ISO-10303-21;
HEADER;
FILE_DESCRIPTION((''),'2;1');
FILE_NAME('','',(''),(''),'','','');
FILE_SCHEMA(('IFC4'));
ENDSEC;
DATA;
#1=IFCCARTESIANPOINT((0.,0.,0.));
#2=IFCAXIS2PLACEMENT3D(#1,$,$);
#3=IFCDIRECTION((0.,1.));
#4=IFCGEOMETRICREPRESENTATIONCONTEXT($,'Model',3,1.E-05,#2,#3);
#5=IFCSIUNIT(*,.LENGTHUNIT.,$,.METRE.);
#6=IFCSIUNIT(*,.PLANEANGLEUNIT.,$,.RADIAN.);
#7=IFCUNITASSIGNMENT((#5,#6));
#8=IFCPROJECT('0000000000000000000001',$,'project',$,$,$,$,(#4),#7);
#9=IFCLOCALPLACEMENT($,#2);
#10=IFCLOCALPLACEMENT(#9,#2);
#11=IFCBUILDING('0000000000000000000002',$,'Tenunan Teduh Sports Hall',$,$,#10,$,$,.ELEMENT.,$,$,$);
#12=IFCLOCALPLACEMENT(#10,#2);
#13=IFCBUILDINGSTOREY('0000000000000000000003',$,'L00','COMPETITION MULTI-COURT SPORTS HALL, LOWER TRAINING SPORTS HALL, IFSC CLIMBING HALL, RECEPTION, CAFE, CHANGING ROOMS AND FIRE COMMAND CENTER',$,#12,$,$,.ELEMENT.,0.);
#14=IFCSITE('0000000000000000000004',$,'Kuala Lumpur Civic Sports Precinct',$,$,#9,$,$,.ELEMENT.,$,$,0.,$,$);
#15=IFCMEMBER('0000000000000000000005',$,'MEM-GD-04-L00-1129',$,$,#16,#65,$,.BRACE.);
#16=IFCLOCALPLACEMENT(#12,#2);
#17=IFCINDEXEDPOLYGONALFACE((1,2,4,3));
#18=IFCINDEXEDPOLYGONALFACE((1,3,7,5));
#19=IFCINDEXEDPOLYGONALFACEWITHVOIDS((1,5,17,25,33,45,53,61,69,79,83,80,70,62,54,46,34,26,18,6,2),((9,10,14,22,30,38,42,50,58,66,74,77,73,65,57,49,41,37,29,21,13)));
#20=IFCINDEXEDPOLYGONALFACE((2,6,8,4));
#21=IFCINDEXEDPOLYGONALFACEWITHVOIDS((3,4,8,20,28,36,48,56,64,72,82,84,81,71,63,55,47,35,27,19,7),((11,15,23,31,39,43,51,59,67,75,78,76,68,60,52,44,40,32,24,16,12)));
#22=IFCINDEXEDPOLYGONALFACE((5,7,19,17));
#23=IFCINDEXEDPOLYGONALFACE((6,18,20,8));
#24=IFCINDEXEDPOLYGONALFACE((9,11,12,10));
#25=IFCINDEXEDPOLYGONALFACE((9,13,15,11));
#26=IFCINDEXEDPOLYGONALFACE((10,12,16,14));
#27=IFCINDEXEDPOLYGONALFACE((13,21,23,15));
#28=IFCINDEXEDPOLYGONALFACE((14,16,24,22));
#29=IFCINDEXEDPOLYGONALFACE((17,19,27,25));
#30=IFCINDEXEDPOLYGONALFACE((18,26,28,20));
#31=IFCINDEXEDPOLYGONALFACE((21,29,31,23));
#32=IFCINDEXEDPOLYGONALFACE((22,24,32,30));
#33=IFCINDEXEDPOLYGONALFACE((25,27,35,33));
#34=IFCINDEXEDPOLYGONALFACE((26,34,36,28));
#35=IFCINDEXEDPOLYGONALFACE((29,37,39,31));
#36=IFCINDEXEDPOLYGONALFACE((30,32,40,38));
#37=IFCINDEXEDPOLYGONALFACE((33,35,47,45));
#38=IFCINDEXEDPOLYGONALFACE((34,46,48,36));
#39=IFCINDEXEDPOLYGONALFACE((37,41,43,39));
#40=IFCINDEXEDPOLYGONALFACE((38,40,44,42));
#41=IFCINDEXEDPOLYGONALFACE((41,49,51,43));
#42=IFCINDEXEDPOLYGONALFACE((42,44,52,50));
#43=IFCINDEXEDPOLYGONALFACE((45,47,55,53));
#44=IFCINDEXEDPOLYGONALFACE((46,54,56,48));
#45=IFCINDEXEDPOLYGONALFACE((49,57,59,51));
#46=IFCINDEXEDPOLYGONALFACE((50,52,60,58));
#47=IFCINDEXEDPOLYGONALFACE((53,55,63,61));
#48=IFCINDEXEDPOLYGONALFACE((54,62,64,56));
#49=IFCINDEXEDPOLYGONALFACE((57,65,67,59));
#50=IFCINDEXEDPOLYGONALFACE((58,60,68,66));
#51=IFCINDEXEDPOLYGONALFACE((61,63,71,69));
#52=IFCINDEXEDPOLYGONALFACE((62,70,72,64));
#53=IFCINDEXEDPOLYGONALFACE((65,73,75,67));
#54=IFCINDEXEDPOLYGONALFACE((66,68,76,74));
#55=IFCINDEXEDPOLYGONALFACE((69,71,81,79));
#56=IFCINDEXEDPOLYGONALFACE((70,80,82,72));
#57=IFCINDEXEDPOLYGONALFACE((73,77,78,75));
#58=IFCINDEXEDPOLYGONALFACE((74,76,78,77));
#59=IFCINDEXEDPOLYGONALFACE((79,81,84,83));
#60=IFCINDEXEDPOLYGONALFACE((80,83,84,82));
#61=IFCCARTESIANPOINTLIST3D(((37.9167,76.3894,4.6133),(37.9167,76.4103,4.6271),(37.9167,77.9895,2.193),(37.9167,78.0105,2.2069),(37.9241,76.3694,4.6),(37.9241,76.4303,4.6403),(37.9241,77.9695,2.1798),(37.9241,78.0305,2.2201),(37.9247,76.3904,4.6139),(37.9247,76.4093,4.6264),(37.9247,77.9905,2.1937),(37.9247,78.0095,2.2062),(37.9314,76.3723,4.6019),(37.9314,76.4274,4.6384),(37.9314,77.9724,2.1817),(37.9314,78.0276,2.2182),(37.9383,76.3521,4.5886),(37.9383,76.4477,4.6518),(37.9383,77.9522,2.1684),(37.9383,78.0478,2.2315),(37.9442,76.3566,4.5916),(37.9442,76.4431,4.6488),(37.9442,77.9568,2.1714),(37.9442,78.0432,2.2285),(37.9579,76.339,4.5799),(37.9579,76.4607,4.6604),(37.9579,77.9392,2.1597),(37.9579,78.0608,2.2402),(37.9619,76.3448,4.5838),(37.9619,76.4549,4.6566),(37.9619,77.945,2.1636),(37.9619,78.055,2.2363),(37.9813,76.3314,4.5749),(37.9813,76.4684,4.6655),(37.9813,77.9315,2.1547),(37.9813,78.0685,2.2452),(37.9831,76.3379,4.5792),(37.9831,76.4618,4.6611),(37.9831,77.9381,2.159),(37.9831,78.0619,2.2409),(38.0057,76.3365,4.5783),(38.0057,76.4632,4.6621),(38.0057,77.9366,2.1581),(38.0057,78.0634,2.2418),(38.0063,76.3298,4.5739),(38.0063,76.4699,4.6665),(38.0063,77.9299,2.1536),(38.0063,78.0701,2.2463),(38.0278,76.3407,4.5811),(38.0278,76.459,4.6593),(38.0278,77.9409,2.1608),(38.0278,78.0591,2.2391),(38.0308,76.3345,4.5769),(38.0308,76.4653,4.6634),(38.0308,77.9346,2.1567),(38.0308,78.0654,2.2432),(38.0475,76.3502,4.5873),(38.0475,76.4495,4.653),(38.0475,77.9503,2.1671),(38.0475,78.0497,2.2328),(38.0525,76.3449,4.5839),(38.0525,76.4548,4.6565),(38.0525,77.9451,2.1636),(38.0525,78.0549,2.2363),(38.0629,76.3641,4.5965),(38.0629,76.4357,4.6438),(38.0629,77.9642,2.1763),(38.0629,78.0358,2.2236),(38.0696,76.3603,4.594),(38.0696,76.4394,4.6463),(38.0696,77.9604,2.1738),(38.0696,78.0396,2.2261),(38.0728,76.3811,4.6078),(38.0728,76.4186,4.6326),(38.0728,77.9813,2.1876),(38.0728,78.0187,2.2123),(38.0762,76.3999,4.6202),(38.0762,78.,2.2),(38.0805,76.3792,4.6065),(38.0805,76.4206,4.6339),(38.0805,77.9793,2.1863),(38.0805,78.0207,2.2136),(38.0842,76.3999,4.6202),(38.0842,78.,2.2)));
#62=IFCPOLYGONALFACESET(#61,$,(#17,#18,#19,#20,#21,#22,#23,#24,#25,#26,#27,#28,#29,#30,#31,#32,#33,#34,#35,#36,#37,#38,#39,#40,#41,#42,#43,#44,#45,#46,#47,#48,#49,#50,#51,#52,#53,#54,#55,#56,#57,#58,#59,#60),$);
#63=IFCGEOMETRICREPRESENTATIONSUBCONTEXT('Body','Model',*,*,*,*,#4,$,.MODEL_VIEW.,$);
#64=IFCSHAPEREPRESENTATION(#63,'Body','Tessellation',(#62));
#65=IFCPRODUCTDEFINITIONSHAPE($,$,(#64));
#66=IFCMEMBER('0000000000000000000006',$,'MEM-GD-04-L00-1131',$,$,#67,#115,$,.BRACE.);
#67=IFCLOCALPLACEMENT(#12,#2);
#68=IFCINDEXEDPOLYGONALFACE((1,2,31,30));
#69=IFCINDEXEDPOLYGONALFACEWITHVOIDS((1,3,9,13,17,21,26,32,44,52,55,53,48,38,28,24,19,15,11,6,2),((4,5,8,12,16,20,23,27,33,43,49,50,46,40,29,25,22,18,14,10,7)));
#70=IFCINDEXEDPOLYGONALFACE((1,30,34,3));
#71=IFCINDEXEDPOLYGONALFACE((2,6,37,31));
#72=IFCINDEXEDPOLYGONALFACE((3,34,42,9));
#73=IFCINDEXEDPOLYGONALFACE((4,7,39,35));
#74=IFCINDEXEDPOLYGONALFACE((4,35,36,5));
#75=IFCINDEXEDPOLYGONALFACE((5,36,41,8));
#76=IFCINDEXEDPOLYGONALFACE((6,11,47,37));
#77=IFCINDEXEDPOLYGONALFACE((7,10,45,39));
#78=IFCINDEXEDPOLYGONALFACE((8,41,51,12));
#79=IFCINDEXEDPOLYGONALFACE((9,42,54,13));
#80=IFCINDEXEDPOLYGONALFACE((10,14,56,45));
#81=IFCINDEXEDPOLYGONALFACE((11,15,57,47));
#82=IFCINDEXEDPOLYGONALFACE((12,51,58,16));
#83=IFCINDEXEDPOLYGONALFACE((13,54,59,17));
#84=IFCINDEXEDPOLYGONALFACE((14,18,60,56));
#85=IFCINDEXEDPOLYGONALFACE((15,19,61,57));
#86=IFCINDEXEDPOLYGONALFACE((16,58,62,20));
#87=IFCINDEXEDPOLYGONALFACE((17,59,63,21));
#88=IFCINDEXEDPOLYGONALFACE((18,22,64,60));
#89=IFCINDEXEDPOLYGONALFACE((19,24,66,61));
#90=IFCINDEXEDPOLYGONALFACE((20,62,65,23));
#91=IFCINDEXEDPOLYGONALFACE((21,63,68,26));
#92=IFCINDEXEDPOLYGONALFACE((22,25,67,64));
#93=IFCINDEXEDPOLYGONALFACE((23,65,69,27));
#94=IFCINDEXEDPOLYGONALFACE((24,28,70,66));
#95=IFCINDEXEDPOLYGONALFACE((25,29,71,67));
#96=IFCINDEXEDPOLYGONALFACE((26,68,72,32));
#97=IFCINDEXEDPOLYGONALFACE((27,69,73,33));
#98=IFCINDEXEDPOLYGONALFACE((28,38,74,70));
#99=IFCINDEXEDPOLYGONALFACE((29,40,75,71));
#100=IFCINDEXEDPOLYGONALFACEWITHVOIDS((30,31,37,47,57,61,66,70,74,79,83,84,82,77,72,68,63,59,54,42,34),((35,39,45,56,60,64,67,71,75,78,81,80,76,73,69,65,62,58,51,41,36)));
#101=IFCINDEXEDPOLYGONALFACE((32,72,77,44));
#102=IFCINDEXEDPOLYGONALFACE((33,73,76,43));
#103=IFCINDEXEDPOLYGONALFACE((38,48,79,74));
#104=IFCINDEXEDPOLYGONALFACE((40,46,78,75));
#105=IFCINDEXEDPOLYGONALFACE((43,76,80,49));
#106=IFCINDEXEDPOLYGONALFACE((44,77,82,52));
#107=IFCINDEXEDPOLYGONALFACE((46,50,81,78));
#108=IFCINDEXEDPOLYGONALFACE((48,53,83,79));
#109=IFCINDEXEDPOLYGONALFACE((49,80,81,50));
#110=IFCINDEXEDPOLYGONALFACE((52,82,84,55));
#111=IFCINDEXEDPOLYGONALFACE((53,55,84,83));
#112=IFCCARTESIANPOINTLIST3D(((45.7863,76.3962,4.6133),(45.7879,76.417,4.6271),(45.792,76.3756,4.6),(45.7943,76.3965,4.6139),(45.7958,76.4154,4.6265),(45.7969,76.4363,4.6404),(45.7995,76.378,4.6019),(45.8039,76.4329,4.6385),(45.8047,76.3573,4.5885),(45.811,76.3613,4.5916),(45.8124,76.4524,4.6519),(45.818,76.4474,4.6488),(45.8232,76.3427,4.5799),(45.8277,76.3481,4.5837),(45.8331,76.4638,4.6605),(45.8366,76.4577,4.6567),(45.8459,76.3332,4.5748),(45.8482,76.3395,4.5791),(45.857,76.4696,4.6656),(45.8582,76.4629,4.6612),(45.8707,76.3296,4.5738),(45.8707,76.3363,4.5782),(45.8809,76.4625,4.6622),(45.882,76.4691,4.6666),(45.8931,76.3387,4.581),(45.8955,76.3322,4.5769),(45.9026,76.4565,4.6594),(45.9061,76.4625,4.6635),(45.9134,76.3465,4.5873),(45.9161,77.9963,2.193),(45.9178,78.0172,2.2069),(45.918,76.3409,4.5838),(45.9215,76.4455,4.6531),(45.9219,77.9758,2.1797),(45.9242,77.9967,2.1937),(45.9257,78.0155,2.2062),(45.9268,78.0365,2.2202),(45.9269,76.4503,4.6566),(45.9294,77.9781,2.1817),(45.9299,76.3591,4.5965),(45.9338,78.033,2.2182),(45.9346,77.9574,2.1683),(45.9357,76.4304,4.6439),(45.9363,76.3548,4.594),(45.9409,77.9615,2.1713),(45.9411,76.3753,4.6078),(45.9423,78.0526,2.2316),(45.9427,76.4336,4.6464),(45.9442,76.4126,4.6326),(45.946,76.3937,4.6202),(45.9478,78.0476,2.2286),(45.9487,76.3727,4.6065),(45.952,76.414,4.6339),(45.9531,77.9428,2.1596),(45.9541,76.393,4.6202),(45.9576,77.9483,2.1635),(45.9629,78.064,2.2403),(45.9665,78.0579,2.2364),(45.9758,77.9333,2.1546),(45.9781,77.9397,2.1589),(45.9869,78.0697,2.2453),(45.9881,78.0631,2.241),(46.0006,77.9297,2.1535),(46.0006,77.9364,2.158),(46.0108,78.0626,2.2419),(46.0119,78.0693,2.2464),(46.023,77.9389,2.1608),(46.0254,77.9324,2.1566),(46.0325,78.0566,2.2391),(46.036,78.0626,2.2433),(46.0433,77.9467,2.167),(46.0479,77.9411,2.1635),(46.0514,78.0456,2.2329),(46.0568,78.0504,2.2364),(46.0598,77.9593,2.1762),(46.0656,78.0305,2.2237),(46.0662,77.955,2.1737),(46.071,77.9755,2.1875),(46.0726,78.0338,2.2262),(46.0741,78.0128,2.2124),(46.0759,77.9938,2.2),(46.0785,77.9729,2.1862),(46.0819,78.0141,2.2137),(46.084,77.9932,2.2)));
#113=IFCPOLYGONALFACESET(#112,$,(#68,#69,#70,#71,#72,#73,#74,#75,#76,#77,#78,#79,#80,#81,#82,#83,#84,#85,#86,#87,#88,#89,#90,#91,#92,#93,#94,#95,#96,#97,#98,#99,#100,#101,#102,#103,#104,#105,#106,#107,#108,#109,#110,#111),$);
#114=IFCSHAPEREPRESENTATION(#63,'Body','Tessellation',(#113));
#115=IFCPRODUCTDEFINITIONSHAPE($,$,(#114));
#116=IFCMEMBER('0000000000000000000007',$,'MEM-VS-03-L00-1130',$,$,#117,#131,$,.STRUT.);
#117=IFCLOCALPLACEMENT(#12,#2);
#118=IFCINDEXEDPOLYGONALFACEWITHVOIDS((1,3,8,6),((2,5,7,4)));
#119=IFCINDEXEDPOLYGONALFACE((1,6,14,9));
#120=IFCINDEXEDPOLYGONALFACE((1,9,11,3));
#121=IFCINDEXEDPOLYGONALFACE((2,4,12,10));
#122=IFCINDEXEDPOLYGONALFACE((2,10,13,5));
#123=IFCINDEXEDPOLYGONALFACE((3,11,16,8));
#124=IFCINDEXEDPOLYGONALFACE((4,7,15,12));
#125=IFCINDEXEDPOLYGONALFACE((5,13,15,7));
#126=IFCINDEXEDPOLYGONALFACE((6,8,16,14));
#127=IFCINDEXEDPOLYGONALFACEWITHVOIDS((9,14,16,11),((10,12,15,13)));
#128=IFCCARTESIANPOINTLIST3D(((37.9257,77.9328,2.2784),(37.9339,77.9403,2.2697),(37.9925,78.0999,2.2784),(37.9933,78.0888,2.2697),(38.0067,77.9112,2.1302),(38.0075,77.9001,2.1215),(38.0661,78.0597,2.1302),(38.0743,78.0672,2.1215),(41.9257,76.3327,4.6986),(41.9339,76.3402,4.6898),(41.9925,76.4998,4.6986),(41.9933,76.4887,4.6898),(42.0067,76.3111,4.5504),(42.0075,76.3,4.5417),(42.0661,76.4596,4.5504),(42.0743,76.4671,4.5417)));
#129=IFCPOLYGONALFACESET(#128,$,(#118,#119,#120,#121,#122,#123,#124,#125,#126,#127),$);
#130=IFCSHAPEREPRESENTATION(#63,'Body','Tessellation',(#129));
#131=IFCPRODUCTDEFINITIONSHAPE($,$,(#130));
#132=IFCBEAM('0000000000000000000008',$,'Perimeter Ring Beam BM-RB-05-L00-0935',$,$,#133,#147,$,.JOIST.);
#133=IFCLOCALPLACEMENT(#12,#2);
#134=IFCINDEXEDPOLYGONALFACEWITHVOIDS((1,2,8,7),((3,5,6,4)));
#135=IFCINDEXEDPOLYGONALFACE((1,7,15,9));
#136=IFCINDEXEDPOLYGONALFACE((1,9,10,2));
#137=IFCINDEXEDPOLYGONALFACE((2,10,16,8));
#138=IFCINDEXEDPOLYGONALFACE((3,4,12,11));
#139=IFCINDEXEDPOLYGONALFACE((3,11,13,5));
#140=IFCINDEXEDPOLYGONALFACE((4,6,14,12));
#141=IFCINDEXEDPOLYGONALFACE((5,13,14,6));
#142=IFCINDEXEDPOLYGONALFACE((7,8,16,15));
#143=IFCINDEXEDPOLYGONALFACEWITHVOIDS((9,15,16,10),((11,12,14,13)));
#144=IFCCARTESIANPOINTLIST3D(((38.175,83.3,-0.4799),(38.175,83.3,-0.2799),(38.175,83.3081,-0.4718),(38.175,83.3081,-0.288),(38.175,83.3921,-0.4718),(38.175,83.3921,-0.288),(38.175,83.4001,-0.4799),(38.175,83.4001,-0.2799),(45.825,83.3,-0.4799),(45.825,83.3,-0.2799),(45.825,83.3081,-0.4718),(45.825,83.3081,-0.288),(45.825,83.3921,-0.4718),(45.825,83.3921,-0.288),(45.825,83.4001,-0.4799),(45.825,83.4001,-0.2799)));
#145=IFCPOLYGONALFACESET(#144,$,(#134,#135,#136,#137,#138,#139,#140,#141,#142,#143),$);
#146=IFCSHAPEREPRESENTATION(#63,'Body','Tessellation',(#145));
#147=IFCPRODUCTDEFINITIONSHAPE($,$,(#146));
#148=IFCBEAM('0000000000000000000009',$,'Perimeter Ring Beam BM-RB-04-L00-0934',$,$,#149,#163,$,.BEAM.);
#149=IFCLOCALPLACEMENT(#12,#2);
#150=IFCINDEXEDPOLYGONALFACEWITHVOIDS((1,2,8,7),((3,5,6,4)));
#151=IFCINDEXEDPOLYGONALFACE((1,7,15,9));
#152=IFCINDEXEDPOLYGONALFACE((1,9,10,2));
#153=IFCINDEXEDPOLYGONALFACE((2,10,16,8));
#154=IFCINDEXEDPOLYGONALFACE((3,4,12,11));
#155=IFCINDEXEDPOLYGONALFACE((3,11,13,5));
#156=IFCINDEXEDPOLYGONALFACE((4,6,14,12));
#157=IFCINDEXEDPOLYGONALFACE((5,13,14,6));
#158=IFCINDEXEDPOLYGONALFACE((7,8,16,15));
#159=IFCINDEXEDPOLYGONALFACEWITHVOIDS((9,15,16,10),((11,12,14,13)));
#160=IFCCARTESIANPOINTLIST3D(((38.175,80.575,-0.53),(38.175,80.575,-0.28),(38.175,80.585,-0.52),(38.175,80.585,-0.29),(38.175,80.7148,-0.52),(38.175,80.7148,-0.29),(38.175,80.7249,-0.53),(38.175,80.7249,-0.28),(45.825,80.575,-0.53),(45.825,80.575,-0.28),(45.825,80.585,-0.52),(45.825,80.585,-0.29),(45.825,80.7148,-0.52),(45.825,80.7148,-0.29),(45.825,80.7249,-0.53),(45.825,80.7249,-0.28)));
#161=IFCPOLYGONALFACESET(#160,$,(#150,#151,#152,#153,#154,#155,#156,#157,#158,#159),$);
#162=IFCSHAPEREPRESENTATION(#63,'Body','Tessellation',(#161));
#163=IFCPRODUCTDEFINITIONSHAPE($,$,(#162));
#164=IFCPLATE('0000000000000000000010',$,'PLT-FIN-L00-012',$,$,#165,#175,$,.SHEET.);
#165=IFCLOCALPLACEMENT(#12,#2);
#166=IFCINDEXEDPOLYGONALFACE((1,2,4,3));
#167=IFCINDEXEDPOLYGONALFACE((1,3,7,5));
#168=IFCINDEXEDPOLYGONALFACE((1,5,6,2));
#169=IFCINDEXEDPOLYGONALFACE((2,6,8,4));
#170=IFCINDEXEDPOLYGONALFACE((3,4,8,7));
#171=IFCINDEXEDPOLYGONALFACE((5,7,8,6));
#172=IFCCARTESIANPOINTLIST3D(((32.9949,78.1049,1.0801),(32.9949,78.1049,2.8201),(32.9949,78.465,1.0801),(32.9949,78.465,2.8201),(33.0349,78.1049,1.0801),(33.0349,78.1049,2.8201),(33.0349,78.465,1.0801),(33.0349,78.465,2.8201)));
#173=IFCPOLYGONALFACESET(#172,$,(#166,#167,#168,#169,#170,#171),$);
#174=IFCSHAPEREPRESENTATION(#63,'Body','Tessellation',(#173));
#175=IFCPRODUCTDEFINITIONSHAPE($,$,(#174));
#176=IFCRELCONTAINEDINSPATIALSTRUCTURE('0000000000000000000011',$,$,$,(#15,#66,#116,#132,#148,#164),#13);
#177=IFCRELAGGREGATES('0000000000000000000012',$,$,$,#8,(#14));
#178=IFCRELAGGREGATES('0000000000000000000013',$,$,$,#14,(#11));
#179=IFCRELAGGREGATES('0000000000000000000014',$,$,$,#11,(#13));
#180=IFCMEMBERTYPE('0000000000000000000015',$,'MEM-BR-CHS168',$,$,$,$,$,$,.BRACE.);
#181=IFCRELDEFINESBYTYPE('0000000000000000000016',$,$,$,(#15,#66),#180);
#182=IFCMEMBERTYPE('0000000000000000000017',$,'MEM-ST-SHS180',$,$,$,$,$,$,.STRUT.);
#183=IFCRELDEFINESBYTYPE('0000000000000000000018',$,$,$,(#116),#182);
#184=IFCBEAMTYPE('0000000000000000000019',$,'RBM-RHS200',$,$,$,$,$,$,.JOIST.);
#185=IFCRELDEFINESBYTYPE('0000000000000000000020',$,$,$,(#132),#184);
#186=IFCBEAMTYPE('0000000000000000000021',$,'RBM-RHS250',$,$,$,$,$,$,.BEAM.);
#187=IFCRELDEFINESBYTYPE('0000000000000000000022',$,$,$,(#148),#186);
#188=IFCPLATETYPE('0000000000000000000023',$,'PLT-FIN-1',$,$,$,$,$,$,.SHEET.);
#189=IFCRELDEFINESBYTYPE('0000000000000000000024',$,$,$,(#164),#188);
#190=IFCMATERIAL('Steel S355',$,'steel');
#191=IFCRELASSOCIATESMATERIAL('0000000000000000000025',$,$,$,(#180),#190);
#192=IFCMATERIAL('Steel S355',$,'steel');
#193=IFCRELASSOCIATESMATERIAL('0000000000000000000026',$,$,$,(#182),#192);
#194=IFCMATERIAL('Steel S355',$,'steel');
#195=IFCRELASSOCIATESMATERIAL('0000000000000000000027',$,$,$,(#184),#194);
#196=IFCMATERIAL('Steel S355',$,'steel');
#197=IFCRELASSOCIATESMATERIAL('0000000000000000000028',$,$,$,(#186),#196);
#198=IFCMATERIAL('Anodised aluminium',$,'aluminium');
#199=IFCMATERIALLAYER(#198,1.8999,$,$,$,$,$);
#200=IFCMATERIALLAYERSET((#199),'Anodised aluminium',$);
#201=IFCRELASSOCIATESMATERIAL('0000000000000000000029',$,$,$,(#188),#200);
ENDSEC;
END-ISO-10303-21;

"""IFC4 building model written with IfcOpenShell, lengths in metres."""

from ifc_helpers import new_model, si_unit, direction, frame, origin, origin_2d, place, context, subcontext, project, spatial, rectangle, hollow_rectangle, hollow_circle, extrude, material, layer, layer_set, material_profile, profile_set, type_object, element, save


model = new_model("IFC4")

# Units and contexts
model_context = context("Model", 3, precision=1e-05, world=origin(), true_north=direction((0.0, 1.0)))
body_context = subcontext(model_context, "Body", "Model", "MODEL_VIEW")
ifc_project = project(units=[si_unit("LENGTHUNIT", "METRE"), si_unit("PLANEANGLEUNIT", "RADIAN")], contexts=[model_context])

# Site, building, storey
site_placement = place(None, origin())
site = spatial("IfcSite", under=ifc_project, at=site_placement, Name="Kuala Lumpur Civic Sports Precinct", CompositionType="ELEMENT", RefElevation=0.0)
building_placement = place(site_placement, origin())
building = spatial("IfcBuilding", under=site, at=building_placement, Name="Tenunan Teduh Sports Hall", CompositionType="ELEMENT")
storey_placement = place(building_placement, origin())
storey = spatial("IfcBuildingStorey", under=building, at=storey_placement, Name="L00", Description="COMPETITION MULTI-COURT SPORTS HALL, LOWER TRAINING SPORTS HALL, IFSC CLIMBING HALL, RECEPTION, CAFE, CHANGING ROOMS AND FIRE COMMAND CENTER", CompositionType="ELEMENT", Elevation=0.0)

# Members
ifc_material_1 = material(Name="Steel S355", Category="steel")
ifc_material_profile_1 = material_profile(ifc_material_1, hollow_circle(Radius=0.0842, WallThickness=0.0081, at=origin_2d()), Name="CHS 168.3x8.0")
ifc_profile_set_1 = profile_set([ifc_material_profile_1], Name="Steel S355")
member_type_1 = type_object("IfcMemberType", Name="MEM-BR-CHS168", PredefinedType="BRACE", material=ifc_profile_set_1)
member_1_placement = place(storey_placement, frame((38.0, 78.0, 2.2), z_axis=(0.0, -0.551511, 0.834167), x_axis=(1.0, 0.0, 0.0)))
element("IfcMember", 1, at=member_1_placement, inside=storey, type_object=member_type_1, Name="MEM-GD-04-L00-1129", PredefinedType="BRACE", context=body_context, shape_type="SweptSolid", body=[
    extrude(hollow_circle(Radius=0.0842, WallThickness=0.0081, at=origin_2d()), origin(), (0.0, 0.0, 1.0), 2.9014),
])
member_2_placement = place(storey_placement, frame((46.0, 78.0, 2.2), z_axis=(-0.044722, -0.55096, 0.833333), x_axis=(0.996722, -0.080906, 0.0)))
element("IfcMember", 2, at=member_2_placement, inside=storey, type_object=member_type_1, Name="MEM-GD-04-L00-1131", PredefinedType="BRACE", context=body_context, shape_type="SweptSolid", body=[
    extrude(hollow_circle(Radius=0.0842, WallThickness=0.0081, at=origin_2d()), origin(), (0.0, 0.0, 1.0), 2.9043),
])
ifc_material_2 = material(Name="Steel S355", Category="steel")
ifc_material_profile_2 = material_profile(ifc_material_2, hollow_rectangle(XDim=0.1799, YDim=0.1799, WallThickness=0.01, at=origin_2d()), Name="SHS 180x180x10.0")
ifc_profile_set_2 = profile_set([ifc_material_profile_2], Name="Steel S355")
member_type_2 = type_object("IfcMemberType", Name="MEM-ST-SHS180", PredefinedType="STRUT", material=ifc_profile_set_2)
member_3_placement = place(storey_placement, frame((38.0, 78.0, 2.2), z_axis=(0.809486, -0.323814, 0.489773), x_axis=(0.37141, 0.928469, 0.0)))
element("IfcMember", 3, at=member_3_placement, inside=storey, type_object=member_type_2, Name="MEM-VS-03-L00-1130", PredefinedType="STRUT", context=body_context, shape_type="SweptSolid", body=[
    extrude(hollow_rectangle(XDim=0.1799, YDim=0.1799, WallThickness=0.01, at=origin_2d()), origin(), (0.0, 0.0, 1.0), 4.9414),
])

# Beams
ifc_material_3 = material(Name="Steel S355", Category="steel")
ifc_material_profile_3 = material_profile(ifc_material_3, hollow_rectangle(XDim=0.1001, YDim=0.2, WallThickness=0.0081, at=origin_2d()), Name="RHS 200x100x8.0")
ifc_profile_set_3 = profile_set([ifc_material_profile_3], Name="Steel S355")
beam_type_1 = type_object("IfcBeamType", Name="RBM-RHS200", PredefinedType="JOIST", material=ifc_profile_set_3)
beam_1_placement = place(storey_placement, frame((38.175, 83.3501, -0.3799), z_axis=(1.0, 0.0, 0.0), x_axis=(0.0, 1.0, 0.0)))
element("IfcBeam", 4, at=beam_1_placement, inside=storey, type_object=beam_type_1, Name="Perimeter Ring Beam BM-RB-05-L00-0935", PredefinedType="JOIST", context=body_context, shape_type="SweptSolid", body=[
    extrude(hollow_rectangle(XDim=0.1001, YDim=0.2, WallThickness=0.0081, at=origin_2d()), origin(), (0.0, 0.0, 1.0), 7.6499),
])
ifc_material_4 = material(Name="Steel S355", Category="steel")
ifc_material_profile_4 = material_profile(ifc_material_4, hollow_rectangle(XDim=0.1499, YDim=0.25, WallThickness=0.01, at=origin_2d()), Name="RHS 250x150x10.0")
ifc_profile_set_4 = profile_set([ifc_material_profile_4], Name="Steel S355")
beam_type_2 = type_object("IfcBeamType", Name="RBM-RHS250", PredefinedType="BEAM", material=ifc_profile_set_4)
beam_2_placement = place(storey_placement, frame((38.175, 80.6499, -0.405), z_axis=(1.0, 0.0, 0.0), x_axis=(0.0, 1.0, 0.0)))
element("IfcBeam", 5, at=beam_2_placement, inside=storey, type_object=beam_type_2, Name="Perimeter Ring Beam BM-RB-04-L00-0934", PredefinedType="BEAM", context=body_context, shape_type="SweptSolid", body=[
    extrude(hollow_rectangle(XDim=0.1499, YDim=0.25, WallThickness=0.01, at=origin_2d()), origin(), (0.0, 0.0, 1.0), 7.6499),
])

# Plate
ifc_material_5 = material(Name="Anodised aluminium", Category="aluminium")
ifc_layer_1 = layer(ifc_material_5, 1.8999)
ifc_layer_set_1 = layer_set([ifc_layer_1], Name="Anodised aluminium")
plate_type = type_object("IfcPlateType", Name="PLT-FIN-1", PredefinedType="SHEET", material=ifc_layer_set_1)
plate_placement = place(storey_placement, frame((33.0149, 78.2849, 1.0801), z_axis=(0.0, 0.0, 1.0), x_axis=(1.0, 0.0, 0.0)))
element("IfcPlate", 6, at=plate_placement, inside=storey, type_object=plate_type, Name="PLT-FIN-L00-012", PredefinedType="SHEET", context=body_context, shape_type="SweptSolid", body=[
    extrude(rectangle(XDim=0.04, YDim=0.3601, at=origin_2d()), origin(), (0.0, 0.0, 1.0), 1.74),
])

save(model, "model.ifc")
